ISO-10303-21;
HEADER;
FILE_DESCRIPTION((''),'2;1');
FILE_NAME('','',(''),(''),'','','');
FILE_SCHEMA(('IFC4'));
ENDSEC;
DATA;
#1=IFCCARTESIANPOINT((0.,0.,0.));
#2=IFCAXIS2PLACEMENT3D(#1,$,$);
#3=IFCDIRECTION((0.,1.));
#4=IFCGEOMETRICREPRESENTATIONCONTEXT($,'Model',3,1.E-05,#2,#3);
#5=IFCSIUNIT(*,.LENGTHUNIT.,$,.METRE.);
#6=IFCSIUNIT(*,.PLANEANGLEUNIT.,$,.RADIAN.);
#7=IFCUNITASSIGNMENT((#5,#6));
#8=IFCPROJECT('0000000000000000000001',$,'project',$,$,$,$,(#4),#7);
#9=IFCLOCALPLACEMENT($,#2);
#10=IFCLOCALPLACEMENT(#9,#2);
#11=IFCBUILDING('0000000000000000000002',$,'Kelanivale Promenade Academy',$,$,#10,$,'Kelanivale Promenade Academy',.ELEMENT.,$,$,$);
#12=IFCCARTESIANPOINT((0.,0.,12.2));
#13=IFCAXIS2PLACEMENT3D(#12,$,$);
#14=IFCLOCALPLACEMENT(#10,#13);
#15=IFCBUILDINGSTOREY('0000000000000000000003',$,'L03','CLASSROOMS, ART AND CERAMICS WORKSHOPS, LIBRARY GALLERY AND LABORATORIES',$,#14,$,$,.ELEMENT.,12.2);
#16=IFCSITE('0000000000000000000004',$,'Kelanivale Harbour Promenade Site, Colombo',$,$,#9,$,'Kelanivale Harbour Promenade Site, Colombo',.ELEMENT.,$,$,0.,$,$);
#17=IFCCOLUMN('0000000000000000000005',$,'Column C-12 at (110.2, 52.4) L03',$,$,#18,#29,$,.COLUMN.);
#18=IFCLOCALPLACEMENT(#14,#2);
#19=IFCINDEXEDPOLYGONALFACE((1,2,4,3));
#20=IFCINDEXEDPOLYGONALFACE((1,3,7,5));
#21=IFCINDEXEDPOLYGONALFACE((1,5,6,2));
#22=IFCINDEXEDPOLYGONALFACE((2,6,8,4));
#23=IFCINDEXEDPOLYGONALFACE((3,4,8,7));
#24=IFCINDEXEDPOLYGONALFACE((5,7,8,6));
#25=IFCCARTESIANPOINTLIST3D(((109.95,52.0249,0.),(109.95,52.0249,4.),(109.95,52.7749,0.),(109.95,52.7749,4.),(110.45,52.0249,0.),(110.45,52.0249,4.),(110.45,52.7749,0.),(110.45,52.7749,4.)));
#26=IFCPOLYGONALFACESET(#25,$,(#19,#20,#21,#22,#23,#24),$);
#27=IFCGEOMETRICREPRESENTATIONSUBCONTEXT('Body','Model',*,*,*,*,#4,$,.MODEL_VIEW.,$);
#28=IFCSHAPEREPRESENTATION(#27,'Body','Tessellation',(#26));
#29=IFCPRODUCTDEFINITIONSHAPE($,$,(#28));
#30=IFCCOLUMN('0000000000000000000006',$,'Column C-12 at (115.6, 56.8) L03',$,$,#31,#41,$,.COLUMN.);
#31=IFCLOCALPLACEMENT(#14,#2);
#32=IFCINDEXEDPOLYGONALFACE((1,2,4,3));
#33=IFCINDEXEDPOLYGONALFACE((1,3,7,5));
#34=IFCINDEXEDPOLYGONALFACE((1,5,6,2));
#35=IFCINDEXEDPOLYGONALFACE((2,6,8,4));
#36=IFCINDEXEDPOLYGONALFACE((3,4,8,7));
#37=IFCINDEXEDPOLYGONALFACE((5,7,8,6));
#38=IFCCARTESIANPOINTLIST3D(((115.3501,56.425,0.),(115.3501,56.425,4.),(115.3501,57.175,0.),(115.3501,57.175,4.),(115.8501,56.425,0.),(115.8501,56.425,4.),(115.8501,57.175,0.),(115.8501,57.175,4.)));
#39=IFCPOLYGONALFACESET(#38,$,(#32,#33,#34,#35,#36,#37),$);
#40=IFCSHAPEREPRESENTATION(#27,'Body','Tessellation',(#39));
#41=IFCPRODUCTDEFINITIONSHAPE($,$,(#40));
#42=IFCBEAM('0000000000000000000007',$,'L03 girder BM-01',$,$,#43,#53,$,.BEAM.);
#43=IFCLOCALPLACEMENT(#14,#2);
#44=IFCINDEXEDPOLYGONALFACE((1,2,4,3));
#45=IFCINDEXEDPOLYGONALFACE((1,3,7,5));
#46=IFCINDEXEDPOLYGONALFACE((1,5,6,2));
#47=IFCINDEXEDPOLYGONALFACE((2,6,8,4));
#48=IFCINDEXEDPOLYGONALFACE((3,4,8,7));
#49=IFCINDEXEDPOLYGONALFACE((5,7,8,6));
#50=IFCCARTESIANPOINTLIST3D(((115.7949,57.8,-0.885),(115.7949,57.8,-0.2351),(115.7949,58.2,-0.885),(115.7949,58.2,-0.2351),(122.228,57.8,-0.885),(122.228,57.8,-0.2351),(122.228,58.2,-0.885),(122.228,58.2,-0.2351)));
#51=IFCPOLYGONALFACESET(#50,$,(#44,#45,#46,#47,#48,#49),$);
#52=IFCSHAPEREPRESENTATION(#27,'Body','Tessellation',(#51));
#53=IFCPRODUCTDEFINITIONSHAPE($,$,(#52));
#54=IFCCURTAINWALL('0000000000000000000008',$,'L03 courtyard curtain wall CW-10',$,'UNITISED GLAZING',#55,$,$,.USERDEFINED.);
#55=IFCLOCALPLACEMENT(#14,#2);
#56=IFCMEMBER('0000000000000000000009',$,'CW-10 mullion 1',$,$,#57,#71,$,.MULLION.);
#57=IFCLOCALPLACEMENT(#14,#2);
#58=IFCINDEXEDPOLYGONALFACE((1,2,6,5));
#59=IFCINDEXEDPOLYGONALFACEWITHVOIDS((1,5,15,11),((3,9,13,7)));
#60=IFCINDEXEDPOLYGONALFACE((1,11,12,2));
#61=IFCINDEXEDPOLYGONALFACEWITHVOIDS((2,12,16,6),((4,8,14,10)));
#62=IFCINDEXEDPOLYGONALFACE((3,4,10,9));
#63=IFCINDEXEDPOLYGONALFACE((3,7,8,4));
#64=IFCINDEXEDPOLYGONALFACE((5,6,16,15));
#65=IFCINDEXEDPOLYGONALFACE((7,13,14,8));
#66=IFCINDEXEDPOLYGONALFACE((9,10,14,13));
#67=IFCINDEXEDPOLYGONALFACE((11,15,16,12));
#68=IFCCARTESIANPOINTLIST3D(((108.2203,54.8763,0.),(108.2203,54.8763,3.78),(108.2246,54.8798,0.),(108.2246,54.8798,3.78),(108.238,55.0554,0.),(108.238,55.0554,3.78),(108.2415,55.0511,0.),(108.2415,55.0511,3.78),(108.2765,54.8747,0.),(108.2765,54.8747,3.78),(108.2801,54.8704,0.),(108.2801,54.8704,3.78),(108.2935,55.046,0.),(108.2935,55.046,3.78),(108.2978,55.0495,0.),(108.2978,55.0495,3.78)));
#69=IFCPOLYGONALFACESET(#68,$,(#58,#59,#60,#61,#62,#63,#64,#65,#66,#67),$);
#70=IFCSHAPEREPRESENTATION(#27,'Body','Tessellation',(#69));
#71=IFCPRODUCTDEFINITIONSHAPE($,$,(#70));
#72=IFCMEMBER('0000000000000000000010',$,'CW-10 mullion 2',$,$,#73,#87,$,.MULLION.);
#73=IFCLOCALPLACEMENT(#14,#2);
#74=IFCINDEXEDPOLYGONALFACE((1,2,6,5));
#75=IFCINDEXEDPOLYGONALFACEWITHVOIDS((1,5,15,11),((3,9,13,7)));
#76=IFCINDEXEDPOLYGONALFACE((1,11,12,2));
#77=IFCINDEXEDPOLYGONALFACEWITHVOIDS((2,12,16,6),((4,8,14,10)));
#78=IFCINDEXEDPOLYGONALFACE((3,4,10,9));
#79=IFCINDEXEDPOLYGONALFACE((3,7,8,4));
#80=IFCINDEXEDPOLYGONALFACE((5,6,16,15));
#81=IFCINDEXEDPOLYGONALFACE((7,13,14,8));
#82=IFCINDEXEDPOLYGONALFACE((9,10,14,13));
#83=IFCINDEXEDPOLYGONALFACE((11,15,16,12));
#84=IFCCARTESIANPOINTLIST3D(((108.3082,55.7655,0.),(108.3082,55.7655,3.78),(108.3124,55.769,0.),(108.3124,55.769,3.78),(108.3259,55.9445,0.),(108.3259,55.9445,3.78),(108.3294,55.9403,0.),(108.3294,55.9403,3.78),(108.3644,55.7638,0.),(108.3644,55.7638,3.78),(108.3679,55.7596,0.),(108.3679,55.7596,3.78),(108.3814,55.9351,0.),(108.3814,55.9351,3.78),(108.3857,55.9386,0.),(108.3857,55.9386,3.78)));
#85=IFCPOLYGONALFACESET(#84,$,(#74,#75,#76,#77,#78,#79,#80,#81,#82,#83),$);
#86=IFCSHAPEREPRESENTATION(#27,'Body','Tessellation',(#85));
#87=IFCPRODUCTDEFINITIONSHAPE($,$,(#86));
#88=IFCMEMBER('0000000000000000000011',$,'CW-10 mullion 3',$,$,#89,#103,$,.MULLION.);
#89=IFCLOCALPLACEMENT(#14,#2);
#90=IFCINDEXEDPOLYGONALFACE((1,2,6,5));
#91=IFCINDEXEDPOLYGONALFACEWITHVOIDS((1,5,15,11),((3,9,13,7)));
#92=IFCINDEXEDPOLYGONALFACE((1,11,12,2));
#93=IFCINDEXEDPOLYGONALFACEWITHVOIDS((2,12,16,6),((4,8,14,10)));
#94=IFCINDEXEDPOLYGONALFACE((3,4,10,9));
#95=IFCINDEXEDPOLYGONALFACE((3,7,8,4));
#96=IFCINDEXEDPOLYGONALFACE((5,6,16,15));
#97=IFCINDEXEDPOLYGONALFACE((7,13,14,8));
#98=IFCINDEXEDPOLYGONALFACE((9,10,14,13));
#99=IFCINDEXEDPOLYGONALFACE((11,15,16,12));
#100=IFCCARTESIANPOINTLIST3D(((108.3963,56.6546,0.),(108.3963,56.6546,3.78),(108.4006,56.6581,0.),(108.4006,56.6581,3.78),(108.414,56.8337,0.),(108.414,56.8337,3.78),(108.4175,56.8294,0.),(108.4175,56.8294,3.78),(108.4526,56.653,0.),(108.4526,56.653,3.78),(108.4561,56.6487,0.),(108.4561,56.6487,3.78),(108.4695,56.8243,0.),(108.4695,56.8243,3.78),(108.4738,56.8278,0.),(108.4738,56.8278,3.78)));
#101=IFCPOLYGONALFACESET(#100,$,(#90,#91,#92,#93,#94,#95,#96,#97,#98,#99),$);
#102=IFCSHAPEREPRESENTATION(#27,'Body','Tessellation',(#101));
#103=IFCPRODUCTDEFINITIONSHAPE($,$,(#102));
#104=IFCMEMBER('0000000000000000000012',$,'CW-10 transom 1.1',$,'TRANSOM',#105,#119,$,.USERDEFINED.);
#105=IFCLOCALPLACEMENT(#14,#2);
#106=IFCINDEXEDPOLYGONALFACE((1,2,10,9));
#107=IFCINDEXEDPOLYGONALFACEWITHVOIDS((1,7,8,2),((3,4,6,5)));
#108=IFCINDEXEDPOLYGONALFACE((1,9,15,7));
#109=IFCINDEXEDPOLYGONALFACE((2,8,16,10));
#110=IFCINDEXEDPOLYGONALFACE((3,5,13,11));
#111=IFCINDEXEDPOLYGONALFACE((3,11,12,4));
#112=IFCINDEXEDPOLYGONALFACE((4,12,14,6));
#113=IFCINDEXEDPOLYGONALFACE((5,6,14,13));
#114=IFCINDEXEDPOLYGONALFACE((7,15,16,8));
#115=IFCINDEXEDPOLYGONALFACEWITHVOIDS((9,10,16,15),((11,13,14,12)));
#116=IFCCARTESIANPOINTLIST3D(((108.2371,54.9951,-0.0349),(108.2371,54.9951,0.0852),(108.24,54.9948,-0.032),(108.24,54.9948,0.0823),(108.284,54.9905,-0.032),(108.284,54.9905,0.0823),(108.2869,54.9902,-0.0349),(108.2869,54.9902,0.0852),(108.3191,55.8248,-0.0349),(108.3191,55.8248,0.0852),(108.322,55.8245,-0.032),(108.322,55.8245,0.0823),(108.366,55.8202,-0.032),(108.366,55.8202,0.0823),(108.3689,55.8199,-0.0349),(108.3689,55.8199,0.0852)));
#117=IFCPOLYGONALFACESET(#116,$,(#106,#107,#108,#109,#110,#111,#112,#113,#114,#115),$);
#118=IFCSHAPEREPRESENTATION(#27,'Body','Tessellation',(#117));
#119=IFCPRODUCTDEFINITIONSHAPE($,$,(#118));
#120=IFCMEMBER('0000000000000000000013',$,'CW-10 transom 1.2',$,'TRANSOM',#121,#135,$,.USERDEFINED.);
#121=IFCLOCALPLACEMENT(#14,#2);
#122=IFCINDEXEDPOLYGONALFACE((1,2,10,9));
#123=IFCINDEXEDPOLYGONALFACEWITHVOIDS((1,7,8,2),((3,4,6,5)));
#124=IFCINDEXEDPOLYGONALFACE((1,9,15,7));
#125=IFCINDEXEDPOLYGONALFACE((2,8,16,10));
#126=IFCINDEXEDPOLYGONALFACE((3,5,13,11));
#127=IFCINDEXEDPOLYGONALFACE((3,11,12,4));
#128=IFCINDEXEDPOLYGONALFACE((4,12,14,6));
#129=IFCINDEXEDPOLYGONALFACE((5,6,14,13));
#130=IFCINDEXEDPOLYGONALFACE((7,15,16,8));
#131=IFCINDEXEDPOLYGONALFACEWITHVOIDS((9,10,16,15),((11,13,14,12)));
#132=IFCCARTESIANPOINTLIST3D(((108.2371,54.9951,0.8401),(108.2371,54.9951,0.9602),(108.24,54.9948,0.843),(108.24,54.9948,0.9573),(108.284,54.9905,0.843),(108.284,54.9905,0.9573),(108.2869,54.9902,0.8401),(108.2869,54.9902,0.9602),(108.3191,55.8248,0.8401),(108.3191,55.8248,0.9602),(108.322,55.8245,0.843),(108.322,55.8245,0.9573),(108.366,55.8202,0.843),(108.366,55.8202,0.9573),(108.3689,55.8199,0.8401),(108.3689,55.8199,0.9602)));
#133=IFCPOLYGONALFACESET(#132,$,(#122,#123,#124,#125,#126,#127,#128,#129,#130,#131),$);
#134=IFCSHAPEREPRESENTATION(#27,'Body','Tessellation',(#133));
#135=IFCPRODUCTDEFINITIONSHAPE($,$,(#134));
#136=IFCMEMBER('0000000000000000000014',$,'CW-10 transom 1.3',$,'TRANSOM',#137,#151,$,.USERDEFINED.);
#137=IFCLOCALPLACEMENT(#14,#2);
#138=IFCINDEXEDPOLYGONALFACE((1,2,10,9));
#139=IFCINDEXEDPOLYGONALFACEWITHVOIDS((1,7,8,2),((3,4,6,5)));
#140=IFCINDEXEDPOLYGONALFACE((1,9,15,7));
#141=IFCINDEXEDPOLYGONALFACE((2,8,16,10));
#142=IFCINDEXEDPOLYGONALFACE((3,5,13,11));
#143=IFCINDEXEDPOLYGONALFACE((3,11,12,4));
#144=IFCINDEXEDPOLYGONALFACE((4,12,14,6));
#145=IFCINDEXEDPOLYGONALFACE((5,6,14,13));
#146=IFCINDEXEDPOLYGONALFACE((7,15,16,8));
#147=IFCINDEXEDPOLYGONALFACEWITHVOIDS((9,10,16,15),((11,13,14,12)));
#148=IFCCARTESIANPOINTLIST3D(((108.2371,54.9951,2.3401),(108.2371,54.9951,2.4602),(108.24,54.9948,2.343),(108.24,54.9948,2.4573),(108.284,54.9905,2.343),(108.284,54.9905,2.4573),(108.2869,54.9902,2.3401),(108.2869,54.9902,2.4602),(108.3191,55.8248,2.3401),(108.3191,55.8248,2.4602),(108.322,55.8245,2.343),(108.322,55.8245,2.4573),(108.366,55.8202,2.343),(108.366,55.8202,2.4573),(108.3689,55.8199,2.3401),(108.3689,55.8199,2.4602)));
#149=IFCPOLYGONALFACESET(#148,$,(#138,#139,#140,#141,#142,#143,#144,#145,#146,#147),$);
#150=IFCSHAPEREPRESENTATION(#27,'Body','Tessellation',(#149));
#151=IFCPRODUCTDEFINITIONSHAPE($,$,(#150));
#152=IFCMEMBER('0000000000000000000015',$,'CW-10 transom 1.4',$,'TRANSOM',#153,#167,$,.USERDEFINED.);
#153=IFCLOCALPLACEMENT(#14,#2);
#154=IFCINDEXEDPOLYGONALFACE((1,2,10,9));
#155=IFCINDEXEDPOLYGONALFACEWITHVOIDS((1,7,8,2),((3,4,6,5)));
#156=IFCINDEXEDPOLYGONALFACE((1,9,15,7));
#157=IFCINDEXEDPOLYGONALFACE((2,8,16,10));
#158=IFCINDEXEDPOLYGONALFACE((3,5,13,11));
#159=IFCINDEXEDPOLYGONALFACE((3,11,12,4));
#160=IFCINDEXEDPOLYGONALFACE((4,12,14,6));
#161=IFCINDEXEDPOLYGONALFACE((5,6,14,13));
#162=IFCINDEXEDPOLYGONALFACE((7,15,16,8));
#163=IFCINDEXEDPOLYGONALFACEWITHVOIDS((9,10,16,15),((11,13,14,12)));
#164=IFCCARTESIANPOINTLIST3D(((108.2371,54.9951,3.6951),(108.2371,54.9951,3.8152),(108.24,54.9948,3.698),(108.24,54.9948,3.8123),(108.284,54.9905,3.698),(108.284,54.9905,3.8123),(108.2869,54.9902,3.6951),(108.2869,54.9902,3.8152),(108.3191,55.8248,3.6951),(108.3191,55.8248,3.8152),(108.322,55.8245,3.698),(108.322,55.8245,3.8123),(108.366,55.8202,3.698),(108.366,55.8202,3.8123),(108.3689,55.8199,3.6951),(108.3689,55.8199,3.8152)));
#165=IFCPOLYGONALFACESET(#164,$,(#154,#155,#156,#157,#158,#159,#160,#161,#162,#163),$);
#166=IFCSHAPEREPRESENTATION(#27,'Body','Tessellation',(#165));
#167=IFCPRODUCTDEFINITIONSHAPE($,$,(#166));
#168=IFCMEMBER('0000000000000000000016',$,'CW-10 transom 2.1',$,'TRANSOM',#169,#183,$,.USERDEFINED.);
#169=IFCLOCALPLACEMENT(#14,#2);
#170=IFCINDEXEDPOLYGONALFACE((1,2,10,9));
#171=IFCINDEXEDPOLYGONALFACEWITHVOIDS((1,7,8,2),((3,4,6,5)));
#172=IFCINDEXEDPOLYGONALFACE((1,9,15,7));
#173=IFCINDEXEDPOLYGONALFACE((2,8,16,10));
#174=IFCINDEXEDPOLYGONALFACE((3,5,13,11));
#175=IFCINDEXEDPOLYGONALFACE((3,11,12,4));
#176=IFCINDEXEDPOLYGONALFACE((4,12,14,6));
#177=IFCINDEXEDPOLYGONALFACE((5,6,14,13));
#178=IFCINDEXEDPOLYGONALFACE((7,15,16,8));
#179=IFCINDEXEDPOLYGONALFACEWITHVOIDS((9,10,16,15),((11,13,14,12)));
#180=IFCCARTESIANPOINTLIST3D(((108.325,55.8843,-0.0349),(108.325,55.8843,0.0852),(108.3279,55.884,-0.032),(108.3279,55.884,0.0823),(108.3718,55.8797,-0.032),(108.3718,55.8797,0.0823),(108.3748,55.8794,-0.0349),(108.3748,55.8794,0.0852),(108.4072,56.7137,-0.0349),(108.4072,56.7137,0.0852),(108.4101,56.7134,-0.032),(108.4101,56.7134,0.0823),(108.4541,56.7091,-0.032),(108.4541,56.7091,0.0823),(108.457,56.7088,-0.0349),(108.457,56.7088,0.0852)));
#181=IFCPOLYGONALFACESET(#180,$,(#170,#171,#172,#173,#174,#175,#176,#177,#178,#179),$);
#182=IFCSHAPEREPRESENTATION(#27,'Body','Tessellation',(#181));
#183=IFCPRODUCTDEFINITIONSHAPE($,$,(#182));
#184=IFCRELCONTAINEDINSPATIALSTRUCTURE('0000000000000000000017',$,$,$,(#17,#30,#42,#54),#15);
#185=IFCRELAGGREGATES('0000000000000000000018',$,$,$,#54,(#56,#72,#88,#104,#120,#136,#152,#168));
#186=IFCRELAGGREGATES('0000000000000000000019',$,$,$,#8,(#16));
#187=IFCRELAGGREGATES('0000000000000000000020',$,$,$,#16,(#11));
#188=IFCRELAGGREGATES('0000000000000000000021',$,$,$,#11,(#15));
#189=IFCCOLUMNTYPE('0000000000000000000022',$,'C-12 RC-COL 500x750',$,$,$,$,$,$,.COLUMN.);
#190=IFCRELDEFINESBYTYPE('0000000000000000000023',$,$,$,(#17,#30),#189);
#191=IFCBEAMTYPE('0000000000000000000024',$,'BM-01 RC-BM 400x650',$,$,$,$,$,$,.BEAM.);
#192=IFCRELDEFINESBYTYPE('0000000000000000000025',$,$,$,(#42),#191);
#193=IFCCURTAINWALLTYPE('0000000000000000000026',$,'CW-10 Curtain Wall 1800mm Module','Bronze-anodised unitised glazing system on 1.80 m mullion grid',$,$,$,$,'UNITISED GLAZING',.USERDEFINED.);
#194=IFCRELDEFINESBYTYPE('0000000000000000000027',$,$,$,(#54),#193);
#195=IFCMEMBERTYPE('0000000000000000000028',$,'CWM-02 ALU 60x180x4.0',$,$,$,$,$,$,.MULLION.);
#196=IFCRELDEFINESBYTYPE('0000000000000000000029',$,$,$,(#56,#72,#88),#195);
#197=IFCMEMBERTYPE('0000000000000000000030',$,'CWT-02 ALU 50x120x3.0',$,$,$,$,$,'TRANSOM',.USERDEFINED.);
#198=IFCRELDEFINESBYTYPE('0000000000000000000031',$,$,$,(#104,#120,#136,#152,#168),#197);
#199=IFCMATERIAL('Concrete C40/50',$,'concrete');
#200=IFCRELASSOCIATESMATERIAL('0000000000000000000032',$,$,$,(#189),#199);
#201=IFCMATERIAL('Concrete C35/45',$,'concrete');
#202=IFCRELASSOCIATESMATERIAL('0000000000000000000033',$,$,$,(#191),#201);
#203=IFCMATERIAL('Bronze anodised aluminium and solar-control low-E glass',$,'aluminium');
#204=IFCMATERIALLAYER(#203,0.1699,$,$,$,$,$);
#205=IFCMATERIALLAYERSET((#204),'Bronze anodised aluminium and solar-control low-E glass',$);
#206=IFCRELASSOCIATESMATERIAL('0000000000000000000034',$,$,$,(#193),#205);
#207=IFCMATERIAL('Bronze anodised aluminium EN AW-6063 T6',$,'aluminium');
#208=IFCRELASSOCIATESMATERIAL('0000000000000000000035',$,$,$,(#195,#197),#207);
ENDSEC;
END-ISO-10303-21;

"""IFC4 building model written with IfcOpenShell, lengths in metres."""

from ifc_helpers import new_model, si_unit, direction, frame, origin, origin_2d, place, context, subcontext, project, spatial, rectangle, hollow_rectangle, extrude, material, layer, layer_set, material_profile, profile_set, type_object, element, aggregate, save


model = new_model("IFC4")

# Units and contexts
model_context = context("Model", 3, precision=1e-05, world=origin(), true_north=direction((0.0, 1.0)))
body_context = subcontext(model_context, "Body", "Model", "MODEL_VIEW")
ifc_project = project(units=[si_unit("LENGTHUNIT", "METRE"), si_unit("PLANEANGLEUNIT", "RADIAN")], contexts=[model_context])

# Site, building, storey
site_placement = place(None, origin())
site = spatial("IfcSite", under=ifc_project, at=site_placement, Name="Kelanivale Harbour Promenade Site, Colombo", LongName="Kelanivale Harbour Promenade Site, Colombo", CompositionType="ELEMENT", RefElevation=0.0)
building_placement = place(site_placement, origin())
building = spatial("IfcBuilding", under=site, at=building_placement, Name="Kelanivale Promenade Academy", LongName="Kelanivale Promenade Academy", CompositionType="ELEMENT")
storey_placement = place(building_placement, frame((0.0, 0.0, 12.2)))
storey = spatial("IfcBuildingStorey", under=building, at=storey_placement, Name="L03", Description="CLASSROOMS, ART AND CERAMICS WORKSHOPS, LIBRARY GALLERY AND LABORATORIES", CompositionType="ELEMENT", Elevation=12.2)

# Columns
ifc_material_1 = material(Name="Concrete C40/50", Category="concrete")
ifc_material_profile_1 = material_profile(ifc_material_1, rectangle(XDim=0.5, YDim=0.75, at=origin_2d()), Name="RC-COL 500x750")
ifc_profile_set_1 = profile_set([ifc_material_profile_1], Name="Concrete C40/50")
column_type = type_object("IfcColumnType", Name="C-12 RC-COL 500x750", PredefinedType="COLUMN", material=ifc_profile_set_1)
for number, where, z_axis, x_axis, name in (
    (1, (110.2, 52.3999, 0.0), (0.0, 0.0, 1.0), (1.0, 0.0, 0.0), "Column C-12 at (110.2, 52.4) L03"),
    (2, (115.6001, 56.8, 0.0), (0.0, 0.0, 1.0), (1.0, 0.0, 0.0), "Column C-12 at (115.6, 56.8) L03"),
):
    element("IfcColumn", number, at=place(storey_placement, frame(where, z_axis=z_axis, x_axis=x_axis)), inside=storey, type_object=column_type, Name=name, PredefinedType="COLUMN", context=body_context, shape_type="SweptSolid", body=[
        extrude(rectangle(XDim=0.5, YDim=0.75, at=origin_2d()), origin(), (0.0, 0.0, 1.0), 4.0),
    ])

# Beam
ifc_material_2 = material(Name="Concrete C35/45", Category="concrete")
ifc_material_profile_2 = material_profile(ifc_material_2, rectangle(XDim=0.3999, YDim=0.6499, at=origin_2d()), Name="RC-BM 400x650")
ifc_profile_set_2 = profile_set([ifc_material_profile_2], Name="Concrete C35/45")
beam_type_1 = type_object("IfcBeamType", Name="BM-01 RC-BM 400x650", PredefinedType="BEAM", material=ifc_profile_set_2)
beam_1_placement = place(storey_placement, frame((115.7949, 58.0, -0.5601), z_axis=(1.0, 0.0, 0.0), x_axis=(0.0, 1.0, 0.0)))
element("IfcBeam", 3, at=beam_1_placement, inside=storey, type_object=beam_type_1, Name="L03 girder BM-01", PredefinedType="BEAM", context=body_context, shape_type="SweptSolid", body=[
    extrude(rectangle(XDim=0.3999, YDim=0.6499, at=origin_2d()), origin(), (0.0, 0.0, 1.0), 6.4331),
])

# Curtain wall, members
ifc_material_3 = material(Name="Bronze anodised aluminium and solar-control low-E glass", Category="aluminium")
ifc_layer_1 = layer(ifc_material_3, 0.1699)
ifc_layer_set_1 = layer_set([ifc_layer_1], Name="Bronze anodised aluminium and solar-control low-E glass")
curtain_wall_type = type_object("IfcCurtainWallType", Name="CW-10 Curtain Wall 1800mm Module", Description="Bronze-anodised unitised glazing system on 1.80 m mullion grid", ElementType="UNITISED GLAZING", PredefinedType="USERDEFINED", material=ifc_layer_set_1)
curtain_wall_placement = place(storey_placement, origin())
curtain_wall = element("IfcCurtainWall", 4, at=curtain_wall_placement, inside=storey, type_object=curtain_wall_type, Name="L03 courtyard curtain wall CW-10", ObjectType="UNITISED GLAZING", PredefinedType="USERDEFINED")
ifc_material_4 = material(Name="Bronze anodised aluminium EN AW-6063 T6", Category="aluminium")
ifc_material_profile_3 = material_profile(ifc_material_4, hollow_rectangle(XDim=0.0601, YDim=0.1799, WallThickness=0.0039, at=origin_2d()), Name="ALU 60x180x4.0")
ifc_profile_set_3 = profile_set([ifc_material_profile_3], Name="Bronze anodised aluminium EN AW-6063 T6")
member_type_1 = type_object("IfcMemberType", Name="CWM-02 ALU 60x180x4.0", PredefinedType="MULLION", material=ifc_profile_set_3)
member_1_placement = place(storey_placement, frame((108.259, 54.9629, 0.0), z_axis=(0.0, 0.0, 1.0), x_axis=(-0.995133, 0.098539, 0.0)))
member_1 = element("IfcMember", 5, at=member_1_placement, type_object=member_type_1, Name="CW-10 mullion 1", PredefinedType="MULLION", context=body_context, shape_type="SweptSolid", body=[
    extrude(hollow_rectangle(XDim=0.0601, YDim=0.1799, WallThickness=0.0039, at=origin_2d()), origin(), (0.0, 0.0, 1.0), 3.78),
])
member_2_placement = place(storey_placement, frame((108.3469, 55.8521, 0.0), z_axis=(0.0, 0.0, 1.0), x_axis=(-0.995133, 0.098539, 0.0)))
member_2 = element("IfcMember", 6, at=member_2_placement, type_object=member_type_1, Name="CW-10 mullion 2", PredefinedType="MULLION", context=body_context, shape_type="SweptSolid", body=[
    extrude(hollow_rectangle(XDim=0.0601, YDim=0.1799, WallThickness=0.0039, at=origin_2d()), origin(), (0.0, 0.0, 1.0), 3.78),
])
member_3_placement = place(storey_placement, frame((108.4351, 56.7412, 0.0), z_axis=(0.0, 0.0, 1.0), x_axis=(-0.995133, 0.098539, 0.0)))
member_3 = element("IfcMember", 7, at=member_3_placement, type_object=member_type_1, Name="CW-10 mullion 3", PredefinedType="MULLION", context=body_context, shape_type="SweptSolid", body=[
    extrude(hollow_rectangle(XDim=0.0601, YDim=0.1799, WallThickness=0.0039, at=origin_2d()), origin(), (0.0, 0.0, 1.0), 3.78),
])
ifc_material_profile_4 = material_profile(ifc_material_4, hollow_rectangle(XDim=0.05, YDim=0.1201, WallThickness=0.0029, at=origin_2d()), Name="ALU 50x120x3.0")
ifc_profile_set_4 = profile_set([ifc_material_profile_4], Name="Bronze anodised aluminium EN AW-6063 T6")
member_type_2 = type_object("IfcMemberType", Name="CWT-02 ALU 50x120x3.0", ElementType="TRANSOM", PredefinedType="USERDEFINED", material=ifc_profile_set_4)
member_4_placement = place(storey_placement, frame((108.262, 54.9927, 0.0251), z_axis=(0.098402, 0.995147, 0.0), x_axis=(-0.995147, 0.098402, 0.0)))
member_4 = element("IfcMember", 8, at=member_4_placement, type_object=member_type_2, Name="CW-10 transom 1.1", ObjectType="TRANSOM", PredefinedType="USERDEFINED", context=body_context, shape_type="SweptSolid", body=[
    extrude(hollow_rectangle(XDim=0.05, YDim=0.1201, WallThickness=0.0029, at=origin_2d()), origin(), (0.0, 0.0, 1.0), 0.8337),
])
member_5_placement = place(storey_placement, frame((108.262, 54.9927, 0.9001), z_axis=(0.098402, 0.995147, 0.0), x_axis=(-0.995147, 0.098402, 0.0)))
member_5 = element("IfcMember", 9, at=member_5_placement, type_object=member_type_2, Name="CW-10 transom 1.2", ObjectType="TRANSOM", PredefinedType="USERDEFINED", context=body_context, shape_type="SweptSolid", body=[
    extrude(hollow_rectangle(XDim=0.05, YDim=0.1201, WallThickness=0.0029, at=origin_2d()), origin(), (0.0, 0.0, 1.0), 0.8337),
])
member_6_placement = place(storey_placement, frame((108.262, 54.9927, 2.4001), z_axis=(0.098402, 0.995147, 0.0), x_axis=(-0.995147, 0.098402, 0.0)))
member_6 = element("IfcMember", 10, at=member_6_placement, type_object=member_type_2, Name="CW-10 transom 1.3", ObjectType="TRANSOM", PredefinedType="USERDEFINED", context=body_context, shape_type="SweptSolid", body=[
    extrude(hollow_rectangle(XDim=0.05, YDim=0.1201, WallThickness=0.0029, at=origin_2d()), origin(), (0.0, 0.0, 1.0), 0.8337),
])
member_7_placement = place(storey_placement, frame((108.262, 54.9927, 3.7551), z_axis=(0.098402, 0.995147, 0.0), x_axis=(-0.995147, 0.098402, 0.0)))
member_7 = element("IfcMember", 11, at=member_7_placement, type_object=member_type_2, Name="CW-10 transom 1.4", ObjectType="TRANSOM", PredefinedType="USERDEFINED", context=body_context, shape_type="SweptSolid", body=[
    extrude(hollow_rectangle(XDim=0.05, YDim=0.1201, WallThickness=0.0029, at=origin_2d()), origin(), (0.0, 0.0, 1.0), 0.8337),
])
member_8_placement = place(storey_placement, frame((108.3499, 55.8818, 0.0251), z_axis=(0.098721, 0.995115, 0.0), x_axis=(-0.995115, 0.098721, 0.0)))
member_8 = element("IfcMember", 12, at=member_8_placement, type_object=member_type_2, Name="CW-10 transom 2.1", ObjectType="TRANSOM", PredefinedType="USERDEFINED", context=body_context, shape_type="SweptSolid", body=[
    extrude(hollow_rectangle(XDim=0.05, YDim=0.1201, WallThickness=0.0029, at=origin_2d()), origin(), (0.0, 0.0, 1.0), 0.8335),
])

aggregate(curtain_wall, [member_1, member_2, member_3, member_4, member_5, member_6, member_7, member_8])

save(model, "model.ifc")
